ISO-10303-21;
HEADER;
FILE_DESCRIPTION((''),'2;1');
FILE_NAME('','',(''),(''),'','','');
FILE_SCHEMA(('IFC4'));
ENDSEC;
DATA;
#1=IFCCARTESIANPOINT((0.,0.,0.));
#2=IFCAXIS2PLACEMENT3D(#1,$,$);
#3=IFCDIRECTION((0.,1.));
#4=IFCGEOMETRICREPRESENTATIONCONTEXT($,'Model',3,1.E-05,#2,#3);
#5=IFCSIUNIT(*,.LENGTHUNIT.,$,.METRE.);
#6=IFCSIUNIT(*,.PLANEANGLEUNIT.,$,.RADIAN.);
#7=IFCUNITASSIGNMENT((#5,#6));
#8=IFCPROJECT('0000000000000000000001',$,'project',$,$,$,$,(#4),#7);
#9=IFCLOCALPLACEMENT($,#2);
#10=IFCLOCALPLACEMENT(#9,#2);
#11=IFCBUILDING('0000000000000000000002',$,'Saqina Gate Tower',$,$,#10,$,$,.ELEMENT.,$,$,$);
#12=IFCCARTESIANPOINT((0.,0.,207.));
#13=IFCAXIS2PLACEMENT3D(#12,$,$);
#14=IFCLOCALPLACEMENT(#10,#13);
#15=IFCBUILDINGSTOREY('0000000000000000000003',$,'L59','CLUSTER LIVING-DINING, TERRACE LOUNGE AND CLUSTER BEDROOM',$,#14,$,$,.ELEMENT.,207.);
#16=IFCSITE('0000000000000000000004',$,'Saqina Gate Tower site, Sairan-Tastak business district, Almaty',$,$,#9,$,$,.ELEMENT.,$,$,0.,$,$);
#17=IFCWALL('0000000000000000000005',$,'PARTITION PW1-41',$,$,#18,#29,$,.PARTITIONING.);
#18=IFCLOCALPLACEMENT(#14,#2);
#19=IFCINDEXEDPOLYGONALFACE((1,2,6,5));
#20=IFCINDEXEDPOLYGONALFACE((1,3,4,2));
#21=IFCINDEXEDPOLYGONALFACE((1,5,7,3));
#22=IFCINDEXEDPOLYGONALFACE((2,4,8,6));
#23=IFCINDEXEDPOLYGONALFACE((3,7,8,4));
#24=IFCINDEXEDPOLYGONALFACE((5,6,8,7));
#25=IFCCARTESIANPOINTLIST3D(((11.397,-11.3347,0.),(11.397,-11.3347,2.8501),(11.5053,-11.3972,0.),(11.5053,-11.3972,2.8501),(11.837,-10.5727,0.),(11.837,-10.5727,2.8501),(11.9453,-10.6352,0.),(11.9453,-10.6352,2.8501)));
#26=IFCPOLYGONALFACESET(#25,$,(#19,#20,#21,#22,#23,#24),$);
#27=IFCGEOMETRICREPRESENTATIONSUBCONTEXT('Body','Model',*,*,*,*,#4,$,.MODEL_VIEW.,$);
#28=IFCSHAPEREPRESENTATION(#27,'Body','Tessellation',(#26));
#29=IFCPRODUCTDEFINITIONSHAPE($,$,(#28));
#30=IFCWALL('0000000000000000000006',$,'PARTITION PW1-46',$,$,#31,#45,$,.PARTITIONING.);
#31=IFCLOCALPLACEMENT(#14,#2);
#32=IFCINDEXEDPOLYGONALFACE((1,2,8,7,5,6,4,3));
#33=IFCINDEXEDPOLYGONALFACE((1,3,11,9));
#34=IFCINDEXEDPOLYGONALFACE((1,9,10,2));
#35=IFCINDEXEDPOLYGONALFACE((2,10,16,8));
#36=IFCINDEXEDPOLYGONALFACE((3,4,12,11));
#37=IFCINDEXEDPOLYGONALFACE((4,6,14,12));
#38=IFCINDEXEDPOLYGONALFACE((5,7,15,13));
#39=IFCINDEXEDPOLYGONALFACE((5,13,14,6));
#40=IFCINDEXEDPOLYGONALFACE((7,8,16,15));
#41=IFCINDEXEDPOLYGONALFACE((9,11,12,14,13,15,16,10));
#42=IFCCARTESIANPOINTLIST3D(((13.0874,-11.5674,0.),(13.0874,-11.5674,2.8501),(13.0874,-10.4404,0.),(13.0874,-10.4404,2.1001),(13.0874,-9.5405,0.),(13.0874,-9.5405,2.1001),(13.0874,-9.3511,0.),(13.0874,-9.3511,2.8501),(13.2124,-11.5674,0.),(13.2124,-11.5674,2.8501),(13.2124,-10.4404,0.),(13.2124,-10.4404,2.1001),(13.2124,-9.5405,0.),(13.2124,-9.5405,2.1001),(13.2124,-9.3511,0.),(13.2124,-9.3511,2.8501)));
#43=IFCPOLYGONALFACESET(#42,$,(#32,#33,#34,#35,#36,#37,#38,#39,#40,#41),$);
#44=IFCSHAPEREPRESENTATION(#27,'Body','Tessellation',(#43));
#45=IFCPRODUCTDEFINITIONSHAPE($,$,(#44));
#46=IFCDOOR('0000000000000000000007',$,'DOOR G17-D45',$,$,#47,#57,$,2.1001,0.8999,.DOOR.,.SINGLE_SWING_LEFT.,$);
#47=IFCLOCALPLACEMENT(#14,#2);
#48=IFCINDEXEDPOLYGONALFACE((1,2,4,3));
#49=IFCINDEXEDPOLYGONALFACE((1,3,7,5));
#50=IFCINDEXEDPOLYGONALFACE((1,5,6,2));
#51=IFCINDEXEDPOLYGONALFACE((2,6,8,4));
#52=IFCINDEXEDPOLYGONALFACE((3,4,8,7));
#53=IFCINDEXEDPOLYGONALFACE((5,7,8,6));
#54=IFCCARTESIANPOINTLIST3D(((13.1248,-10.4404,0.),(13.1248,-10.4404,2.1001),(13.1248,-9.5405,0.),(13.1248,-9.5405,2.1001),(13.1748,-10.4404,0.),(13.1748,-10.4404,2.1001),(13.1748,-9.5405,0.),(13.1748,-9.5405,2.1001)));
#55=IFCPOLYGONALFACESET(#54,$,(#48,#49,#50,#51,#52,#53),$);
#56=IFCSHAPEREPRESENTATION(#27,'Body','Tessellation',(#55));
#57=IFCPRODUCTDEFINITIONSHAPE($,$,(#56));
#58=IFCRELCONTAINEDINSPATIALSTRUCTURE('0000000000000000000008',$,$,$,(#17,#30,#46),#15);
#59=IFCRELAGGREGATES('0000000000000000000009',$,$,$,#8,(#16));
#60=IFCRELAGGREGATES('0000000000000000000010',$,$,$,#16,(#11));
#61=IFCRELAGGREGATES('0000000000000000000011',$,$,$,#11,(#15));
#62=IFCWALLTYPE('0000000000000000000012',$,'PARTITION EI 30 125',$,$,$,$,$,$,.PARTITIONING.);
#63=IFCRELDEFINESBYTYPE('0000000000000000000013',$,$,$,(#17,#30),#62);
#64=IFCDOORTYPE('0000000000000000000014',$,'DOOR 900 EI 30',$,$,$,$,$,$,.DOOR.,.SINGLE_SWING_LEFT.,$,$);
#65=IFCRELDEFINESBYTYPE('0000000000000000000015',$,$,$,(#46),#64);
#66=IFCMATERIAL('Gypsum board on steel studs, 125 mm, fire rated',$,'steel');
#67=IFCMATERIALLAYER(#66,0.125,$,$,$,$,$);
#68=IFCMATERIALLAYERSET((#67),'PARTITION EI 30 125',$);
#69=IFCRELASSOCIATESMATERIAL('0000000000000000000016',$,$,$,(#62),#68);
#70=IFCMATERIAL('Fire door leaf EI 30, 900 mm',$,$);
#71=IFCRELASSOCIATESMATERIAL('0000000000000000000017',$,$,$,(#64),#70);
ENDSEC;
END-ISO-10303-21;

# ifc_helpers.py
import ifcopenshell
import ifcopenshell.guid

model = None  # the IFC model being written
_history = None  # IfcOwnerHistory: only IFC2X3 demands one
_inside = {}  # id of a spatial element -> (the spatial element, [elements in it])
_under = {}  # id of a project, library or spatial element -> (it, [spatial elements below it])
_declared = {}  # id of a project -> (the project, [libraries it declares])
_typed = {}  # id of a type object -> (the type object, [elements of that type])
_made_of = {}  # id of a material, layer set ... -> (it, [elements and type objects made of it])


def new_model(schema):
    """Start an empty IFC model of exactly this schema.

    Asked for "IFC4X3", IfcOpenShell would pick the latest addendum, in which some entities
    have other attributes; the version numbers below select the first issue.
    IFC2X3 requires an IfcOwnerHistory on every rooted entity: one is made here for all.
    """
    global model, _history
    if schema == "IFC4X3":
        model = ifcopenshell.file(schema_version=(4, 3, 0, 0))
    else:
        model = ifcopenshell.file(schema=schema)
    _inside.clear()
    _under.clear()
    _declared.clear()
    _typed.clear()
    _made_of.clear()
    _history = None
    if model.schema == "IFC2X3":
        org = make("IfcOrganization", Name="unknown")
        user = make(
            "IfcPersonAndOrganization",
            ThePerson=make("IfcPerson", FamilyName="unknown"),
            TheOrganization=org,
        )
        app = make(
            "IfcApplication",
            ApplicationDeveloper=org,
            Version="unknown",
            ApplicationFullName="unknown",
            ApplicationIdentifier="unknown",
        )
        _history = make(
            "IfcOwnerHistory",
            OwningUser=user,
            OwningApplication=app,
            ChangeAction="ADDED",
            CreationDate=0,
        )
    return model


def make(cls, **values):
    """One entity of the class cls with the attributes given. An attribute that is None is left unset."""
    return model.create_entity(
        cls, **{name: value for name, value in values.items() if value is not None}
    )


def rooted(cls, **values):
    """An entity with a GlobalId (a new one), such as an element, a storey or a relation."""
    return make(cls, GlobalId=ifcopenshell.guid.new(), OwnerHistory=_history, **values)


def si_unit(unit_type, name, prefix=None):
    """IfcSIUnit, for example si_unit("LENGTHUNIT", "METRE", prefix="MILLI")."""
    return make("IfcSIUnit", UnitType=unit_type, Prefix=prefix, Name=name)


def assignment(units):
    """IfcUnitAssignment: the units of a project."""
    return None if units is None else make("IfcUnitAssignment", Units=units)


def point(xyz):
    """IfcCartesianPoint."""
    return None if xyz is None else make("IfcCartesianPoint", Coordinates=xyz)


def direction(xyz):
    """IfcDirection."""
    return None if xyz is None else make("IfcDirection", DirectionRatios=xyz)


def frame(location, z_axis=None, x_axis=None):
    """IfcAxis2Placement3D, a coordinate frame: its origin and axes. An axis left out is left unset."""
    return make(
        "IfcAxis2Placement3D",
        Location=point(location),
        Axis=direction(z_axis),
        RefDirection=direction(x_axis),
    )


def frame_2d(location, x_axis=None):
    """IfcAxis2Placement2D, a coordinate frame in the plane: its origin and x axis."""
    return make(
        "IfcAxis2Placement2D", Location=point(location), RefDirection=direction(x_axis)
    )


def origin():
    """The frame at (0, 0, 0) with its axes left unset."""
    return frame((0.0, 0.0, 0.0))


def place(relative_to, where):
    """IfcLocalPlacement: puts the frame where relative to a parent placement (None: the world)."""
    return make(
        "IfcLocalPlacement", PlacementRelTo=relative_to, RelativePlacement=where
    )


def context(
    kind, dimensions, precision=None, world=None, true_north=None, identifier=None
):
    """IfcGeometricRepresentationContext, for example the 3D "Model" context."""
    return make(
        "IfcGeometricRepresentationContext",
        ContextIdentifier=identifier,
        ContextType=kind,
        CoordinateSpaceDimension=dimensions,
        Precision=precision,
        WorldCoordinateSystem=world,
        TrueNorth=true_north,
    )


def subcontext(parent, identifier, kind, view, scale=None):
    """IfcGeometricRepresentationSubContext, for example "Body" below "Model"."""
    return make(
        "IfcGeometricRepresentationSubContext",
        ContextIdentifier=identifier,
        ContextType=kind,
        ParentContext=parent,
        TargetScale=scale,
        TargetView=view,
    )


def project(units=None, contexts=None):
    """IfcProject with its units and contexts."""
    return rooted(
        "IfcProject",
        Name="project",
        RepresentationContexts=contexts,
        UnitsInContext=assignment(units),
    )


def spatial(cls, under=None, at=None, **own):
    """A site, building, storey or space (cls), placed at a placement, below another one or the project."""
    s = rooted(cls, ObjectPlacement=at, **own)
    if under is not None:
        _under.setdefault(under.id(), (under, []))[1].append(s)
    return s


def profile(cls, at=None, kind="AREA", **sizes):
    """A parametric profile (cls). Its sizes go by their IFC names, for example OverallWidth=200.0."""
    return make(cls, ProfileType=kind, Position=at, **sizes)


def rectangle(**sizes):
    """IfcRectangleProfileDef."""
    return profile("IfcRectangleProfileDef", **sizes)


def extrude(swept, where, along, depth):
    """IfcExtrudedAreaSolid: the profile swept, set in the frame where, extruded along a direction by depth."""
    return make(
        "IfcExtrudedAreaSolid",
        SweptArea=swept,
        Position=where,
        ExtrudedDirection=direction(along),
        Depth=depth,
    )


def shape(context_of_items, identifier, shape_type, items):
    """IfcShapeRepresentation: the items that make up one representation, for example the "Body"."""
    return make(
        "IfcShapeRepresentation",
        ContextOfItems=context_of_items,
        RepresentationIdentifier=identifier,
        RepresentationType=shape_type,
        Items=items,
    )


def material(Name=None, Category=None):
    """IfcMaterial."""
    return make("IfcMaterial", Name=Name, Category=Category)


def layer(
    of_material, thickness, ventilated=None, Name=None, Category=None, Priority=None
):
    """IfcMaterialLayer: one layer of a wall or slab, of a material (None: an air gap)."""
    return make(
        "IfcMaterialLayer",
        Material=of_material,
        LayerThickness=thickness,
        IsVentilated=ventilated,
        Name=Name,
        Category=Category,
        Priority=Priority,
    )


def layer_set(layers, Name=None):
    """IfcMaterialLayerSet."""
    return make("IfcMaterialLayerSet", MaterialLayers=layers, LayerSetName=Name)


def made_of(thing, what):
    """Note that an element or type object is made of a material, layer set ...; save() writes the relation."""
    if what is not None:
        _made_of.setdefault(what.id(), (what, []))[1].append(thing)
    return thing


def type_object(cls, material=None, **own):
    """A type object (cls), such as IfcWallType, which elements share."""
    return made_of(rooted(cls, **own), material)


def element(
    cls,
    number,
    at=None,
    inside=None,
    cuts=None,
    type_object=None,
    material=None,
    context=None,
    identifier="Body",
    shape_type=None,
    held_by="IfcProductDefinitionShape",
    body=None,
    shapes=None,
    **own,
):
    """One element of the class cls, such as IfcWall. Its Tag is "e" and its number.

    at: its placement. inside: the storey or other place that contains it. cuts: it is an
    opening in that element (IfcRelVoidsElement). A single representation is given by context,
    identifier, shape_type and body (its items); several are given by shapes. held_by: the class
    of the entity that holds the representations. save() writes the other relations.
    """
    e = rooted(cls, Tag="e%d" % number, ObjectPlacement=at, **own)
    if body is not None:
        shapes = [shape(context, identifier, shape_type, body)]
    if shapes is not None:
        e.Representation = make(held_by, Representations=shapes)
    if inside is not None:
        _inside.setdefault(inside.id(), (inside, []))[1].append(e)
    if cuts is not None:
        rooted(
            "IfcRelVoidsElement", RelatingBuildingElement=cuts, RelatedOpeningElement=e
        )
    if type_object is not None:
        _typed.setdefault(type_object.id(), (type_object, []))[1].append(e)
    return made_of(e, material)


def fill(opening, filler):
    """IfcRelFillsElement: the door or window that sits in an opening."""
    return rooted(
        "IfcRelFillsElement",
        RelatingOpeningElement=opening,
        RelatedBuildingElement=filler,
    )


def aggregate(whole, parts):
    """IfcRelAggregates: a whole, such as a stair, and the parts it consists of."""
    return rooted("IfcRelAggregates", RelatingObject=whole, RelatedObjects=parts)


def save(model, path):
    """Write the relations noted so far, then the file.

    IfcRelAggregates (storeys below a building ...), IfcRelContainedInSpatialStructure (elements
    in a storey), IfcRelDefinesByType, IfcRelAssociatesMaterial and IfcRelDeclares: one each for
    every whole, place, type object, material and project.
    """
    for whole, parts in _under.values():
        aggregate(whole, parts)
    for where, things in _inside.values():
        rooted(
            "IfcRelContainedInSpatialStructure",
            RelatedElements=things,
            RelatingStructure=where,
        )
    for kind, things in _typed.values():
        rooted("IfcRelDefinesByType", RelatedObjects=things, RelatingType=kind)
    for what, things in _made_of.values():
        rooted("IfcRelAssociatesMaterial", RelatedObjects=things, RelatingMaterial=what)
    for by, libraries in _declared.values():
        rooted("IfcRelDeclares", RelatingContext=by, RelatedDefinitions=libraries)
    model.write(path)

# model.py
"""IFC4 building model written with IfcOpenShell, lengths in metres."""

from ifc_helpers import new_model, si_unit, direction, frame, frame_2d, origin, place, context, subcontext, project, spatial, rectangle, extrude, material, layer, layer_set, type_object, element, fill, save


model = new_model("IFC4")

# Units and contexts
model_context = context("Model", 3, precision=1e-05, world=origin(), true_north=direction((0.0, 1.0)))
body_context = subcontext(model_context, "Body", "Model", "MODEL_VIEW")
ifc_project = project(units=[si_unit("LENGTHUNIT", "METRE"), si_unit("PLANEANGLEUNIT", "RADIAN")], contexts=[model_context])

# Site, building, storey
site_placement = place(None, origin())
site = spatial("IfcSite", under=ifc_project, at=site_placement, Name="Saqina Gate Tower site, Sairan-Tastak business district, Almaty", CompositionType="ELEMENT", RefElevation=0.0)
building_placement = place(site_placement, origin())
building = spatial("IfcBuilding", under=site, at=building_placement, Name="Saqina Gate Tower", CompositionType="ELEMENT")
storey_placement = place(building_placement, frame((0.0, 0.0, 207.0)))
storey = spatial("IfcBuildingStorey", under=building, at=storey_placement, Name="L59", Description="CLUSTER LIVING-DINING, TERRACE LOUNGE AND CLUSTER BEDROOM", CompositionType="ELEMENT", Elevation=207.0)

# Wall
ifc_material_1 = material(Name="Gypsum board on steel studs, 125 mm, fire rated", Category="steel")
ifc_layer_1 = layer(ifc_material_1, 0.125)
ifc_layer_set_1 = layer_set([ifc_layer_1], Name="PARTITION EI 30 125")
wall_type_1 = type_object("IfcWallType", Name="PARTITION EI 30 125", PredefinedType="PARTITIONING", material=ifc_layer_set_1)
wall_1_placement = place(storey_placement, frame((11.4512, -11.366, 0.0), z_axis=(0.0, 0.0, 1.0), x_axis=(0.500019, 0.866015, 0.0)))
element("IfcWall", 1, at=wall_1_placement, inside=storey, type_object=wall_type_1, Name="PARTITION PW1-41", PredefinedType="PARTITIONING", context=body_context, shape_type="SweptSolid", body=[
    extrude(rectangle(XDim=0.8799, YDim=0.125, at=frame_2d((0.4399, 0.0))), origin(), (0.0, 0.0, 1.0), 2.8501),
])

# Wall, opening, door
wall_2_placement = place(storey_placement, frame((13.1499, -11.5674, 0.0), z_axis=(0.0, 0.0, 1.0), x_axis=(0.0, 1.0, 0.0)))
wall_2 = element("IfcWall", 2, at=wall_2_placement, inside=storey, type_object=wall_type_1, Name="PARTITION PW1-46", PredefinedType="PARTITIONING", context=body_context, shape_type="SweptSolid", body=[
    extrude(rectangle(XDim=2.2163, YDim=0.125, at=frame_2d((1.1082, 0.0))), origin(), (0.0, 0.0, 1.0), 2.8501),
])
opening_1_placement = place(wall_2_placement, frame((1.127, 0.0, 0.0)))
opening_1 = element("IfcOpeningElement", 3, at=opening_1_placement, cuts=wall_2, PredefinedType="OPENING", context=body_context, shape_type="SweptSolid", body=[
    extrude(rectangle(XDim=0.8999, YDim=2.1001, at=frame_2d((0.45, 1.05))), frame((0.0, 0.0745, 0.0), z_axis=(0.0, -1.0, 0.0), x_axis=(1.0, 0.0, 0.0)), (0.0, 0.0, 1.0), 0.1489),
])
ifc_material_2 = material(Name="Fire door leaf EI 30, 900 mm")
door_type_1 = type_object("IfcDoorType", Name="DOOR 900 EI 30", OperationType="SINGLE_SWING_LEFT", PredefinedType="DOOR", material=ifc_material_2)
door_1_placement = place(opening_1_placement, frame((0.8999, 0.0, 0.0), z_axis=(0.0, 0.0, 1.0), x_axis=(-1.0, 0.0, 0.0)))
door_1 = element("IfcDoor", 4, at=door_1_placement, inside=storey, type_object=door_type_1, Name="DOOR G17-D45", OperationType="SINGLE_SWING_LEFT", OverallHeight=2.1001, OverallWidth=0.8999, PredefinedType="DOOR", context=body_context, shape_type="SweptSolid", body=[
    extrude(rectangle(XDim=0.8999, YDim=2.1001, at=frame_2d((0.45, 1.05))), frame((0.0, 0.0249, 0.0), z_axis=(0.0, -1.0, 0.0), x_axis=(1.0, 0.0, 0.0)), (0.0, 0.0, 1.0), 0.05),
])
fill(opening_1, door_1)

save(model, "model.ifc")
